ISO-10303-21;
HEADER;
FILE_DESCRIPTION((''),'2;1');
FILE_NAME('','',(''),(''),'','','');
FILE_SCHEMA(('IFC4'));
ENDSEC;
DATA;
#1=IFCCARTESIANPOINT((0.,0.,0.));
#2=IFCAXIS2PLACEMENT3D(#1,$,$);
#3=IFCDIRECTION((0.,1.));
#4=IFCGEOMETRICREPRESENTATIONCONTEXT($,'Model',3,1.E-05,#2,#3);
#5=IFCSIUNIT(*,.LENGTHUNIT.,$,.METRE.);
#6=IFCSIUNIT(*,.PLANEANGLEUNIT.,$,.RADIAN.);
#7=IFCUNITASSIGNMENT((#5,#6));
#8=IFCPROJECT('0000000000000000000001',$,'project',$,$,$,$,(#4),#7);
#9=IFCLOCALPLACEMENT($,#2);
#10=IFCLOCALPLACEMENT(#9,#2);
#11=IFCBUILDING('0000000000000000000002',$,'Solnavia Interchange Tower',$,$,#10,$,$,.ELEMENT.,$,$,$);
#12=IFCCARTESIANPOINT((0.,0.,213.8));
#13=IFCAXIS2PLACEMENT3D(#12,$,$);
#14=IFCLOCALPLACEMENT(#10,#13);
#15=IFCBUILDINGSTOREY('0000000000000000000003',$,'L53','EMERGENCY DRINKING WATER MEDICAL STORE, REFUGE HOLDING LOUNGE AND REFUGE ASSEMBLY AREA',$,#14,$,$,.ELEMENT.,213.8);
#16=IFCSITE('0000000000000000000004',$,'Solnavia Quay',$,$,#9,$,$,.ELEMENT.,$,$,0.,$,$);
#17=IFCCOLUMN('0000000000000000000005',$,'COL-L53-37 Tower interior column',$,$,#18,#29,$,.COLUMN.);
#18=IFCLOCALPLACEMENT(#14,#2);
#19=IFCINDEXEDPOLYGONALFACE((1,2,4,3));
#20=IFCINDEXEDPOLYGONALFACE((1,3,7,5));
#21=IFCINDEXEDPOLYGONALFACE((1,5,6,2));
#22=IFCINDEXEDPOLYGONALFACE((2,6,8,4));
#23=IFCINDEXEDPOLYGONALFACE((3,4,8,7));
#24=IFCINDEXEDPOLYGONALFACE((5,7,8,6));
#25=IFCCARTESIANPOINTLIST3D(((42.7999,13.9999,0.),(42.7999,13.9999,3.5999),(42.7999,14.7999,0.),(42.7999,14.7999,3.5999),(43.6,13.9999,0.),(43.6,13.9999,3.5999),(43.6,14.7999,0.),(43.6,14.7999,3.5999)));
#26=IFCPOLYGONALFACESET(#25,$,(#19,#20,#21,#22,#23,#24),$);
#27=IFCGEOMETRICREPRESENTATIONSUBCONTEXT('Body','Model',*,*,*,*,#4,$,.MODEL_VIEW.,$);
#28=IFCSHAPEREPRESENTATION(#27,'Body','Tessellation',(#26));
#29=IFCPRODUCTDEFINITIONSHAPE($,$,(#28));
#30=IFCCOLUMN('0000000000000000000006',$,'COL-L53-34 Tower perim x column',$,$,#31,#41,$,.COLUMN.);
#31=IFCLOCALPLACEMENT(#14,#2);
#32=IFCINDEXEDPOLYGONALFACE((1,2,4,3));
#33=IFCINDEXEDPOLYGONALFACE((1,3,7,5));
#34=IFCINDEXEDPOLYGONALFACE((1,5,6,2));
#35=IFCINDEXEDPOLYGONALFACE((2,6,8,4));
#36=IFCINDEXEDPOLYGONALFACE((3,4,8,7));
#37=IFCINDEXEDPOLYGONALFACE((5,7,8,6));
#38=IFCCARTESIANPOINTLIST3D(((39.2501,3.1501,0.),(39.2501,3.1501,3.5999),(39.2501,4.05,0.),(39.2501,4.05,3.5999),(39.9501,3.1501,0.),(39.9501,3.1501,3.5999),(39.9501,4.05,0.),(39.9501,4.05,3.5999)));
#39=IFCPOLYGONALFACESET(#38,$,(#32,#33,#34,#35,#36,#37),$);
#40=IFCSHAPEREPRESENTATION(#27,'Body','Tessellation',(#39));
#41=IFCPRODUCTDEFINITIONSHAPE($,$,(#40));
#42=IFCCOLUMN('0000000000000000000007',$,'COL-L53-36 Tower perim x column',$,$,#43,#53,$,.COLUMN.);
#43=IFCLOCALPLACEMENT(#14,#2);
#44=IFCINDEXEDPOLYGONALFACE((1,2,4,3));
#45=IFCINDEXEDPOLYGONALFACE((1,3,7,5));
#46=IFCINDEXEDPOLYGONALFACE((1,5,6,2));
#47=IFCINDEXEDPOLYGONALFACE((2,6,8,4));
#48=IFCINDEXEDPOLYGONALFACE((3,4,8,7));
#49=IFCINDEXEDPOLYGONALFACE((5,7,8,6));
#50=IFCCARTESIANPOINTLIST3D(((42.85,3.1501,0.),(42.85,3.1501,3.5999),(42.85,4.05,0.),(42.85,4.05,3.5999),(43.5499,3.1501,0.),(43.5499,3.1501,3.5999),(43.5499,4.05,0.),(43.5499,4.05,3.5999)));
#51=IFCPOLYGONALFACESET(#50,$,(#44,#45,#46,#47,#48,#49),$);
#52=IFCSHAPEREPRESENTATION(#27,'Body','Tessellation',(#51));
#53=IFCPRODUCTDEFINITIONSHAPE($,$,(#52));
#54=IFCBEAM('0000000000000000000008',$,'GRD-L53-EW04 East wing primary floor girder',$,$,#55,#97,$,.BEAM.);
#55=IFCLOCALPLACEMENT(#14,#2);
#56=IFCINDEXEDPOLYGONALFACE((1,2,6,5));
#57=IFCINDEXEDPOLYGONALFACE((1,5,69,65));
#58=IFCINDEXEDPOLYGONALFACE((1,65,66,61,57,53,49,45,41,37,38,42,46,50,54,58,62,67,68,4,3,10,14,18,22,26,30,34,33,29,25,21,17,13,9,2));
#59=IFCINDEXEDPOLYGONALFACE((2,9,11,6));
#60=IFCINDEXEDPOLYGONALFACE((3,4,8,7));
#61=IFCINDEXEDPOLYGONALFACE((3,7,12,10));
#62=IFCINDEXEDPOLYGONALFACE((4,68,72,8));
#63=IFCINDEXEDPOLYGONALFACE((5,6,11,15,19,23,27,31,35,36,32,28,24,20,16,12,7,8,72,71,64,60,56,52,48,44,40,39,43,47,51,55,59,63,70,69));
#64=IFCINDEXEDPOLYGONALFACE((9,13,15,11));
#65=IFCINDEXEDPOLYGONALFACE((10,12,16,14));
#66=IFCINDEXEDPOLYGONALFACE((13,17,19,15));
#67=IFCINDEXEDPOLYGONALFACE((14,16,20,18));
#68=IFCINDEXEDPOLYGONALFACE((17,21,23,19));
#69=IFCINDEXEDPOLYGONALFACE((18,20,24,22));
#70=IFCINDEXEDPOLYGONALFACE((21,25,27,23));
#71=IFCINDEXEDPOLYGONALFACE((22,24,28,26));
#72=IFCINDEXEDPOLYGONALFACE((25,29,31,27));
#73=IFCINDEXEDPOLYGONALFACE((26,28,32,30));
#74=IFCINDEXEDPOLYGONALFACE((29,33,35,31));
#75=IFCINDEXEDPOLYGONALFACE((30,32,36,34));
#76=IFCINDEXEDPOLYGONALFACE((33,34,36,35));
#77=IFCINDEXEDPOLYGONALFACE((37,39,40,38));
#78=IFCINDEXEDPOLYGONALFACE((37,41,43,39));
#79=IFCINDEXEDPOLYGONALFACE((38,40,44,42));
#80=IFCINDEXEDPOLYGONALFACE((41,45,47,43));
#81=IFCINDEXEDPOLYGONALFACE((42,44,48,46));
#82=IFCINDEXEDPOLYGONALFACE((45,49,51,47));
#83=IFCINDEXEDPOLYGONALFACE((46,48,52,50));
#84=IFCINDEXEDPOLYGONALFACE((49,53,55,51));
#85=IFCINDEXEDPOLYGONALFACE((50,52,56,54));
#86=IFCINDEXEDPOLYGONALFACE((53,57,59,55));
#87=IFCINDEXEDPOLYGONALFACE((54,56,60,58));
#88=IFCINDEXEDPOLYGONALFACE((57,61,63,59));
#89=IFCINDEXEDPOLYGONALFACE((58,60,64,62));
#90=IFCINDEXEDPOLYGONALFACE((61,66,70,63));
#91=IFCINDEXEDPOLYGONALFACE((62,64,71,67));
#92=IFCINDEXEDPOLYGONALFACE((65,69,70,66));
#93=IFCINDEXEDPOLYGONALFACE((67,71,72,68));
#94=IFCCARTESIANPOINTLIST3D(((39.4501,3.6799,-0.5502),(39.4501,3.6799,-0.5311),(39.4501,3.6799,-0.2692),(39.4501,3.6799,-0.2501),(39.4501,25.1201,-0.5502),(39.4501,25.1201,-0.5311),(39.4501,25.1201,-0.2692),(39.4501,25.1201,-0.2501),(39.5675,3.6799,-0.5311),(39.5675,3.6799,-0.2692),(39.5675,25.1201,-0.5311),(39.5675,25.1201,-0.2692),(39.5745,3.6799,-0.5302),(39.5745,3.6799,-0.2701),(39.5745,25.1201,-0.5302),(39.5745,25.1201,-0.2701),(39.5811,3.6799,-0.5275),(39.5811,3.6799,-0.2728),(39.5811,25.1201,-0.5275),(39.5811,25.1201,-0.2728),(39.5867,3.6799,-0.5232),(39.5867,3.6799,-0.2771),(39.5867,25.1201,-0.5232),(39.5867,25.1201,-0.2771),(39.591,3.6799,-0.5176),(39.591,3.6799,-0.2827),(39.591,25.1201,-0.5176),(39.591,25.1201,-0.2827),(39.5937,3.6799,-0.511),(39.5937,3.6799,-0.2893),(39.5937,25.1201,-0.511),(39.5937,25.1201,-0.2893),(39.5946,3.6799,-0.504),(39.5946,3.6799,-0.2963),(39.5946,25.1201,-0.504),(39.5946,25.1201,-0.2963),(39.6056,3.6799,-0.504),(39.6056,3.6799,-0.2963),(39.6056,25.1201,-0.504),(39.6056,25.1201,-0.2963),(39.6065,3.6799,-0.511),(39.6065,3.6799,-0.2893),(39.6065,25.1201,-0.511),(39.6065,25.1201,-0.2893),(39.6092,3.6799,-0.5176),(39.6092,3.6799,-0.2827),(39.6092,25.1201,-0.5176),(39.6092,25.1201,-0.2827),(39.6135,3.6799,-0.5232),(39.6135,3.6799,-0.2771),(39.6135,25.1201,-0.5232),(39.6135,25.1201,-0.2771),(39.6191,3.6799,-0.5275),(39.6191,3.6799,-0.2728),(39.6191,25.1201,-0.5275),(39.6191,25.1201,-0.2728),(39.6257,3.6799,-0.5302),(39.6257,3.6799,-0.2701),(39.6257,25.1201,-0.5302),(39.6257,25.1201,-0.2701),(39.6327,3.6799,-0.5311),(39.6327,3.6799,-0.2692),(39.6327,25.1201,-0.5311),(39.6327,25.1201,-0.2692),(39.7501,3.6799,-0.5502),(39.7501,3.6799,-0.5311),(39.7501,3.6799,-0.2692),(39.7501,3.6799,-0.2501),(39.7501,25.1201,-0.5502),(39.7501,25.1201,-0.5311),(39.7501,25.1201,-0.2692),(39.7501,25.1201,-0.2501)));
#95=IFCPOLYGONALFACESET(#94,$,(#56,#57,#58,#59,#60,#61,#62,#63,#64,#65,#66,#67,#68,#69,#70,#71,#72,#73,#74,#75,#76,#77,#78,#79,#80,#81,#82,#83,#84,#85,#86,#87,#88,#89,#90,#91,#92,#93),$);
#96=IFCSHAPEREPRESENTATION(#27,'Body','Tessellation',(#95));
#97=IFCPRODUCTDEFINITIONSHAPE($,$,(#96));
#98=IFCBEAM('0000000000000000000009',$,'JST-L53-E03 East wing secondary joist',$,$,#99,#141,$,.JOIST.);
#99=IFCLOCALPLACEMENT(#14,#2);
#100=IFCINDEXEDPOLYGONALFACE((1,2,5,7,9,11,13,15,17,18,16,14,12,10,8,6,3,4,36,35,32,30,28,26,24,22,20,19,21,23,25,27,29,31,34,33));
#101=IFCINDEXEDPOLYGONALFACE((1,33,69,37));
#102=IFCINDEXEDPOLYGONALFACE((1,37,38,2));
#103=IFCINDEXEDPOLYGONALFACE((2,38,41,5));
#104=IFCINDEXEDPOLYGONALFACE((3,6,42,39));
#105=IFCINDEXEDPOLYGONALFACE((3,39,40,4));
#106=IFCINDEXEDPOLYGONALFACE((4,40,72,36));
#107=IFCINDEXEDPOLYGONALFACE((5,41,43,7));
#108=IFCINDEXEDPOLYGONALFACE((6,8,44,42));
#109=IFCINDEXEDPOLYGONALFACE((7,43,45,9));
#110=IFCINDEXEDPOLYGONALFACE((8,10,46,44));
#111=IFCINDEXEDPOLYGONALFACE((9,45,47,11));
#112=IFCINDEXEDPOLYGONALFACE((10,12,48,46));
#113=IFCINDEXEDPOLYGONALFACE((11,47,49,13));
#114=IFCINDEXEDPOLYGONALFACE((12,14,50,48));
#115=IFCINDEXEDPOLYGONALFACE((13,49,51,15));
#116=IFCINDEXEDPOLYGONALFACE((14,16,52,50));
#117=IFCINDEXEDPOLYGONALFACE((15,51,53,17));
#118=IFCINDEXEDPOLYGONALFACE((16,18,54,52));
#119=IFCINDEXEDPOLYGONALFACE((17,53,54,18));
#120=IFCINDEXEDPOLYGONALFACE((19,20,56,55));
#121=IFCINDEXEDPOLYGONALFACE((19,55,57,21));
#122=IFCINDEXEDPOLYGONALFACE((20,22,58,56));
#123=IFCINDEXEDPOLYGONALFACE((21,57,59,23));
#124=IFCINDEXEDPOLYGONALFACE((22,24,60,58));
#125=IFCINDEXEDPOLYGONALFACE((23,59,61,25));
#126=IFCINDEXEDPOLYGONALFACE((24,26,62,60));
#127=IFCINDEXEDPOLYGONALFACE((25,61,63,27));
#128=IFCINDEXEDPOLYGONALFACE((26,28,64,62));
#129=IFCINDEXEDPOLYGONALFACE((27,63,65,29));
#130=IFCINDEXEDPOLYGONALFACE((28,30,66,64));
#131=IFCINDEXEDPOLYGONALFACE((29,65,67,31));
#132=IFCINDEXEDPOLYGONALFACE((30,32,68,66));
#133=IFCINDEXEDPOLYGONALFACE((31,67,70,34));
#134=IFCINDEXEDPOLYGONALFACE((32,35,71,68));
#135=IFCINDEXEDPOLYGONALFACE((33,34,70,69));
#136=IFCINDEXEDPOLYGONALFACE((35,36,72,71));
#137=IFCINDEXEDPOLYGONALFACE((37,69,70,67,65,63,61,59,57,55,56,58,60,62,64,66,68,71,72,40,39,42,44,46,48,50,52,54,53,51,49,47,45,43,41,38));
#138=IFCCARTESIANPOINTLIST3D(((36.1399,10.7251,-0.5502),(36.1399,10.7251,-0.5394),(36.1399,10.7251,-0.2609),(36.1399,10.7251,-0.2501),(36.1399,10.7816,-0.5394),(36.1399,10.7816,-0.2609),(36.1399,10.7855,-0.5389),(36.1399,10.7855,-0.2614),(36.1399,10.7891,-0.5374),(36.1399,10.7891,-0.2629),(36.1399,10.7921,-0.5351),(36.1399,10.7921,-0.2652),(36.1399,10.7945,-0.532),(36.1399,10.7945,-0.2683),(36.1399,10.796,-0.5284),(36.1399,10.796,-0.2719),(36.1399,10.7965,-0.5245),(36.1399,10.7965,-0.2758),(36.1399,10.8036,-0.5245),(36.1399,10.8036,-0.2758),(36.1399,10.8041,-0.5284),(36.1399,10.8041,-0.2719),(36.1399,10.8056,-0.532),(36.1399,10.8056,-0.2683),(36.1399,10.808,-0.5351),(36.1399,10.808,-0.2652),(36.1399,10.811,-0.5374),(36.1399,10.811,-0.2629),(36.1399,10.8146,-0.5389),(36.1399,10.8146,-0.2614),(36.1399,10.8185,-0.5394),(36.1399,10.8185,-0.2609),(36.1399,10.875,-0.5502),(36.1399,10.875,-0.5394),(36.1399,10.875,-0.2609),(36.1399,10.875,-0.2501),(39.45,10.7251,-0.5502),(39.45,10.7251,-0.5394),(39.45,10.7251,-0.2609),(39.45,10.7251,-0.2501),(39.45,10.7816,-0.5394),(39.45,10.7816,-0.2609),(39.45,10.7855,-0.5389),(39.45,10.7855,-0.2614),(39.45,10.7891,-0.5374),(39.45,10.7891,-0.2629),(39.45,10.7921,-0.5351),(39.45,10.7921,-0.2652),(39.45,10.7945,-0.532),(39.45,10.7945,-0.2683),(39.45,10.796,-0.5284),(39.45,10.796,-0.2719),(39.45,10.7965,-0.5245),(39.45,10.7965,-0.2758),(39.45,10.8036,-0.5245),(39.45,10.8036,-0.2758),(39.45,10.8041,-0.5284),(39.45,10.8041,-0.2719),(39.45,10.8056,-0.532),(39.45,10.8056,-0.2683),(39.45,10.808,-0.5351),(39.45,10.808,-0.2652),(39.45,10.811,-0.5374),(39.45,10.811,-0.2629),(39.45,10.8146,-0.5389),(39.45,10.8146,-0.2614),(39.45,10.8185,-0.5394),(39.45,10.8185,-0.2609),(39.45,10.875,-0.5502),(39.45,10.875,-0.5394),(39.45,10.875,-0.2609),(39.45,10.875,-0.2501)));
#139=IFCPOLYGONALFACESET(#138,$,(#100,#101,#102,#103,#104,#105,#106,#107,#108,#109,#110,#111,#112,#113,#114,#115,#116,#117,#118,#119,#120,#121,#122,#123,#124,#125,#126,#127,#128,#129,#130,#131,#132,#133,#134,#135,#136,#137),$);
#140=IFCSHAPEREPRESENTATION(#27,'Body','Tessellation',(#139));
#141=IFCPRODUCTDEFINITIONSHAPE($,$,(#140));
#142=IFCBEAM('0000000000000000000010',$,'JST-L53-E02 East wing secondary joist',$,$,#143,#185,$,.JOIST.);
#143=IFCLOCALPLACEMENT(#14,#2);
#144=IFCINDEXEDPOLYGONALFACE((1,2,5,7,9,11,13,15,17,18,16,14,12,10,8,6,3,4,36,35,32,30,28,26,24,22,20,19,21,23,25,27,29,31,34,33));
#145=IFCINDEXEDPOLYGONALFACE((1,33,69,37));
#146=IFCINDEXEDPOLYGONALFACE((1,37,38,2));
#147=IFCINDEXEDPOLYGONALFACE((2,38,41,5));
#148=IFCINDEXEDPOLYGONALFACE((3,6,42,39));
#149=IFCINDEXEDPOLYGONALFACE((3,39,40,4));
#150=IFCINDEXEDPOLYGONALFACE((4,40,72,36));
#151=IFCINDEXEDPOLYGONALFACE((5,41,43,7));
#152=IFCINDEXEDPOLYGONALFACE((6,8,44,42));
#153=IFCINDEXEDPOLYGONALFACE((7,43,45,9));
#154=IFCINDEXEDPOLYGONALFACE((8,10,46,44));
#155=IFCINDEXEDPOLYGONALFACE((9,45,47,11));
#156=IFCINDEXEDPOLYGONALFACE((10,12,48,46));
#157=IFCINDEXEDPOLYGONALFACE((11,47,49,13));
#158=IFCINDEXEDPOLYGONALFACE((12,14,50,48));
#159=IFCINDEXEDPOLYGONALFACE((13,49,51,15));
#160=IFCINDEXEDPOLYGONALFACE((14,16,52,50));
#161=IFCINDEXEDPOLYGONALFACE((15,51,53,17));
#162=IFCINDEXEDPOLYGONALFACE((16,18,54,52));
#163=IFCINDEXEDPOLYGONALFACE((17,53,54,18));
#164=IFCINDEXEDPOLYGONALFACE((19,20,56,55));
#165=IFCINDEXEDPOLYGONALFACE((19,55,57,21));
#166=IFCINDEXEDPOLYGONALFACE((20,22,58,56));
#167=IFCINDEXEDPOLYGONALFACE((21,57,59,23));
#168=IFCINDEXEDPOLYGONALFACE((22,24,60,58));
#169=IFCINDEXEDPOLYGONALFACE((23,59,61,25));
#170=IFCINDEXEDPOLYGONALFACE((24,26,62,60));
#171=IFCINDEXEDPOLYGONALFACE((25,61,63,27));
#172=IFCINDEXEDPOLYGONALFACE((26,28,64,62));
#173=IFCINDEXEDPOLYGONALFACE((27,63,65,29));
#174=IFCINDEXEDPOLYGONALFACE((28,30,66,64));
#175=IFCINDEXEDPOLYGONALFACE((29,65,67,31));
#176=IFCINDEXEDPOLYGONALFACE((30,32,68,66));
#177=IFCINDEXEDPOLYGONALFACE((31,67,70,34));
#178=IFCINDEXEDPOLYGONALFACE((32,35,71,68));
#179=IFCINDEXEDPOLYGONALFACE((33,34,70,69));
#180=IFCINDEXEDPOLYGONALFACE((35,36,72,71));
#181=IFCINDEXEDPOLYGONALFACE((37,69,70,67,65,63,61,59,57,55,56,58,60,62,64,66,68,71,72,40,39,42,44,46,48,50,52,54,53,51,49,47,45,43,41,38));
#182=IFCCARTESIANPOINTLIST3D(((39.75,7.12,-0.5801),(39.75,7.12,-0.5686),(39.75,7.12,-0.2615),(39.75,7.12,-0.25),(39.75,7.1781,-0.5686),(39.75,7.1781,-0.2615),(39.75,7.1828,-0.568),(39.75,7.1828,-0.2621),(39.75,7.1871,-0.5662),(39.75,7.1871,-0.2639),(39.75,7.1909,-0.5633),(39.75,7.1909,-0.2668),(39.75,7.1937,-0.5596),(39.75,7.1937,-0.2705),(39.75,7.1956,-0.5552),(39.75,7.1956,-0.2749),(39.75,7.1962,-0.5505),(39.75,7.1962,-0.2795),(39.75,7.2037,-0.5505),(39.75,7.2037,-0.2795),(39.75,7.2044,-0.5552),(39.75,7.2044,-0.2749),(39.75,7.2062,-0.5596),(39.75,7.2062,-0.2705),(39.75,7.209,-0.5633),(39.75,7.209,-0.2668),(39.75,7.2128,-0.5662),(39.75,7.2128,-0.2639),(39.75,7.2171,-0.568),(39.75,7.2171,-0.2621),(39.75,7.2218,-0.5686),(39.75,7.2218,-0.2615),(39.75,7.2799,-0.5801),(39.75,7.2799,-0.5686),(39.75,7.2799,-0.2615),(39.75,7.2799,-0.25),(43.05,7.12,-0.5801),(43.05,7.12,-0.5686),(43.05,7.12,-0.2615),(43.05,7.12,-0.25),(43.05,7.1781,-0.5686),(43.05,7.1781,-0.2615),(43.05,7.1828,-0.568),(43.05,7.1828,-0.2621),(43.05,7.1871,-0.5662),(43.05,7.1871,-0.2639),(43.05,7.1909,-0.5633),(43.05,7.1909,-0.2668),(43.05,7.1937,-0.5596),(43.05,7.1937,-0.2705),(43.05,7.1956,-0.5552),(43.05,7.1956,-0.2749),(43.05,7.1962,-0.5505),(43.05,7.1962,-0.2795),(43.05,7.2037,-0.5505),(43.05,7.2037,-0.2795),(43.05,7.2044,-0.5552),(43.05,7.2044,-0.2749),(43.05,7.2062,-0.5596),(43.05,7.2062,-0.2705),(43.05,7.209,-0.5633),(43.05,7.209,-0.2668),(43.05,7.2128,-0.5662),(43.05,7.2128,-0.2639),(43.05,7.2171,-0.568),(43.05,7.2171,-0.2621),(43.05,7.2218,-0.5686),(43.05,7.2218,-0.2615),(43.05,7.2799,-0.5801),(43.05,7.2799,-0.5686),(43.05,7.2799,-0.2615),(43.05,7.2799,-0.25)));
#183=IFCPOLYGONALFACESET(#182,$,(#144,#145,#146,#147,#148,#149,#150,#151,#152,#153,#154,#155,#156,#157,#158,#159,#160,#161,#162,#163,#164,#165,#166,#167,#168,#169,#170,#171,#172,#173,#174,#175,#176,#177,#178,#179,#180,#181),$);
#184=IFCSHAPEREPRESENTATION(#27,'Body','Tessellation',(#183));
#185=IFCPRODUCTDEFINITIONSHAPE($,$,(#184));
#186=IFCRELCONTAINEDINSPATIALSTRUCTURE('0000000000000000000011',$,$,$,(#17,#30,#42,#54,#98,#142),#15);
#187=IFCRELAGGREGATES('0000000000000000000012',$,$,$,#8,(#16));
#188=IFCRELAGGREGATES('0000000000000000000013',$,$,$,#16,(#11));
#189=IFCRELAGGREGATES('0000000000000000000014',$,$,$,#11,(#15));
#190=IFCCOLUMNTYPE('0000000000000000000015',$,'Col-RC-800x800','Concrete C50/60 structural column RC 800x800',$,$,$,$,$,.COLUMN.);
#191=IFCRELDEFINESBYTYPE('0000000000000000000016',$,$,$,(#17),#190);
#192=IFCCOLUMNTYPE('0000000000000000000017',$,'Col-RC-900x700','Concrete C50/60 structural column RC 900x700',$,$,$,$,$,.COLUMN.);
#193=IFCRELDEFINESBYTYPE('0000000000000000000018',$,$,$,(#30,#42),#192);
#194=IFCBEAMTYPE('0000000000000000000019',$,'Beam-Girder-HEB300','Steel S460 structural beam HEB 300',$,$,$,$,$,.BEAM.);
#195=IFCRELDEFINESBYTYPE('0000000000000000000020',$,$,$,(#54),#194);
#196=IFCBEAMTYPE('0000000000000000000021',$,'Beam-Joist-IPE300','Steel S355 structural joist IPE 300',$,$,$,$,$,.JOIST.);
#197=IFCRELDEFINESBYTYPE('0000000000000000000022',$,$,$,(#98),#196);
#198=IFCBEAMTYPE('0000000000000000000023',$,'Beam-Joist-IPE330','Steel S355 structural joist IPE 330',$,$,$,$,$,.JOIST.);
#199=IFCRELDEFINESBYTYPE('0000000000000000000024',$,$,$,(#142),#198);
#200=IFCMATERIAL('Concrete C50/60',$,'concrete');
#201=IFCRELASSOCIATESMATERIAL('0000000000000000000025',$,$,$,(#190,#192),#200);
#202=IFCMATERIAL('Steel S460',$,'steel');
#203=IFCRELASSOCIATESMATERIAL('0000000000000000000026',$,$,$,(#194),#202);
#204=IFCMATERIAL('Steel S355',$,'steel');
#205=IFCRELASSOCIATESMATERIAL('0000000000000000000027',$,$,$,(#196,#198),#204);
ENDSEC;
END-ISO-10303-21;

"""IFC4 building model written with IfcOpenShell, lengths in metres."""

from ifc_helpers import new_model, si_unit, direction, frame, origin, origin_2d, place, context, subcontext, project, spatial, rectangle, i_section, extrude, material, material_profile, profile_set, type_object, element, save


model = new_model("IFC4")

# Units and contexts
model_context = context("Model", 3, precision=1e-05, world=origin(), true_north=direction((0.0, 1.0)))
body_context = subcontext(model_context, "Body", "Model", "MODEL_VIEW")
ifc_project = project(units=[si_unit("LENGTHUNIT", "METRE"), si_unit("PLANEANGLEUNIT", "RADIAN")], contexts=[model_context])

# Site, building, storey
site_placement = place(None, origin())
site = spatial("IfcSite", under=ifc_project, at=site_placement, Name="Solnavia Quay", CompositionType="ELEMENT", RefElevation=0.0)
building_placement = place(site_placement, origin())
building = spatial("IfcBuilding", under=site, at=building_placement, Name="Solnavia Interchange Tower", CompositionType="ELEMENT")
storey_placement = place(building_placement, frame((0.0, 0.0, 213.8)))
storey = spatial("IfcBuildingStorey", under=building, at=storey_placement, Name="L53", Description="EMERGENCY DRINKING WATER MEDICAL STORE, REFUGE HOLDING LOUNGE AND REFUGE ASSEMBLY AREA", CompositionType="ELEMENT", Elevation=213.8)

# Columns
ifc_material_1 = material(Name="Concrete C50/60", Category="concrete")
ifc_material_profile_1 = material_profile(ifc_material_1, rectangle(XDim=0.8, YDim=0.8, at=origin_2d()), Name="RC 800x800")
ifc_profile_set_1 = profile_set([ifc_material_profile_1], Name="Concrete C50/60")
column_type_1 = type_object("IfcColumnType", Name="Col-RC-800x800", Description="Concrete C50/60 structural column RC 800x800", PredefinedType="COLUMN", material=ifc_profile_set_1)
column_placement = place(storey_placement, frame((43.2, 14.3999, 0.0), z_axis=(0.0, 0.0, 1.0), x_axis=(1.0, 0.0, 0.0)))
element("IfcColumn", 1, at=column_placement, inside=storey, type_object=column_type_1, Name="COL-L53-37 Tower interior column", PredefinedType="COLUMN", context=body_context, shape_type="SweptSolid", body=[
    extrude(rectangle(XDim=0.8, YDim=0.8, at=origin_2d()), origin(), (0.0, 0.0, 1.0), 3.5999),
])
ifc_material_profile_2 = material_profile(ifc_material_1, rectangle(XDim=0.7, YDim=0.8999, at=origin_2d()), Name="RC 900x700")
ifc_profile_set_2 = profile_set([ifc_material_profile_2], Name="Concrete C50/60")
column_type_2 = type_object("IfcColumnType", Name="Col-RC-900x700", Description="Concrete C50/60 structural column RC 900x700", PredefinedType="COLUMN", material=ifc_profile_set_2)
for number, where, z_axis, x_axis, name in (
    (2, (39.6001, 3.6001, 0.0), (0.0, 0.0, 1.0), (1.0, 0.0, 0.0), "COL-L53-34 Tower perim x column"),
    (3, (43.2, 3.6001, 0.0), (0.0, 0.0, 1.0), (1.0, 0.0, 0.0), "COL-L53-36 Tower perim x column"),
):
    element("IfcColumn", number, at=place(storey_placement, frame(where, z_axis=z_axis, x_axis=x_axis)), inside=storey, type_object=column_type_2, Name=name, PredefinedType="COLUMN", context=body_context, shape_type="SweptSolid", body=[
        extrude(rectangle(XDim=0.7, YDim=0.8999, at=origin_2d()), origin(), (0.0, 0.0, 1.0), 3.5999),
    ])

# Beams
ifc_material_2 = material(Name="Steel S460", Category="steel")
ifc_material_profile_3 = material_profile(ifc_material_2, i_section(OverallWidth=0.3, OverallDepth=0.3, WebThickness=0.011, FlangeThickness=0.019, FilletRadius=0.0271, at=origin_2d()), Name="HEB 300")
ifc_profile_set_3 = profile_set([ifc_material_profile_3], Name="Steel S460")
beam_type_1 = type_object("IfcBeamType", Name="Beam-Girder-HEB300", Description="Steel S460 structural beam HEB 300", PredefinedType="BEAM", material=ifc_profile_set_3)
beam_1_placement = place(storey_placement, frame((39.6001, 3.6799, -0.4001), z_axis=(0.0, 1.0, 0.0), x_axis=(-1.0, 0.0, 0.0)))
element("IfcBeam", 4, at=beam_1_placement, inside=storey, type_object=beam_type_1, Name="GRD-L53-EW04 East wing primary floor girder", PredefinedType="BEAM", context=body_context, shape_type="SweptSolid", body=[
    extrude(i_section(OverallWidth=0.3, OverallDepth=0.3, WebThickness=0.011, FlangeThickness=0.019, FilletRadius=0.0271, at=origin_2d()), origin(), (0.0, 0.0, 1.0), 21.4402),
])
ifc_material_3 = material(Name="Steel S355", Category="steel")
ifc_material_profile_4 = material_profile(ifc_material_3, i_section(OverallWidth=0.1499, OverallDepth=0.3, WebThickness=0.0071, FlangeThickness=0.0107, FilletRadius=0.0149, at=origin_2d()), Name="IPE 300")
ifc_profile_set_4 = profile_set([ifc_material_profile_4], Name="Steel S355")
beam_type_2 = type_object("IfcBeamType", Name="Beam-Joist-IPE300", Description="Steel S355 structural joist IPE 300", PredefinedType="JOIST", material=ifc_profile_set_4)
beam_2_placement = place(storey_placement, frame((36.1399, 10.8, -0.4001), z_axis=(1.0, 0.0, 0.0), x_axis=(0.0, 1.0, 0.0)))
element("IfcBeam", 5, at=beam_2_placement, inside=storey, type_object=beam_type_2, Name="JST-L53-E03 East wing secondary joist", PredefinedType="JOIST", context=body_context, shape_type="SweptSolid", body=[
    extrude(i_section(OverallWidth=0.1499, OverallDepth=0.3, WebThickness=0.0071, FlangeThickness=0.0107, FilletRadius=0.0149, at=origin_2d()), origin(), (0.0, 0.0, 1.0), 3.3101),
])
ifc_material_profile_5 = material_profile(ifc_material_3, i_section(OverallWidth=0.1599, OverallDepth=0.3301, WebThickness=0.0076, FlangeThickness=0.0115, FilletRadius=0.0181, at=origin_2d()), Name="IPE 330")
ifc_profile_set_5 = profile_set([ifc_material_profile_5], Name="Steel S355")
beam_type_3 = type_object("IfcBeamType", Name="Beam-Joist-IPE330", Description="Steel S355 structural joist IPE 330", PredefinedType="JOIST", material=ifc_profile_set_5)
beam_3_placement = place(storey_placement, frame((39.75, 7.2, -0.415), z_axis=(1.0, 0.0, 0.0), x_axis=(0.0, 1.0, 0.0)))
element("IfcBeam", 6, at=beam_3_placement, inside=storey, type_object=beam_type_3, Name="JST-L53-E02 East wing secondary joist", PredefinedType="JOIST", context=body_context, shape_type="SweptSolid", body=[
    extrude(i_section(OverallWidth=0.1599, OverallDepth=0.3301, WebThickness=0.0076, FlangeThickness=0.0115, FilletRadius=0.0181, at=origin_2d()), origin(), (0.0, 0.0, 1.0), 3.3),
])

save(model, "model.ifc")
